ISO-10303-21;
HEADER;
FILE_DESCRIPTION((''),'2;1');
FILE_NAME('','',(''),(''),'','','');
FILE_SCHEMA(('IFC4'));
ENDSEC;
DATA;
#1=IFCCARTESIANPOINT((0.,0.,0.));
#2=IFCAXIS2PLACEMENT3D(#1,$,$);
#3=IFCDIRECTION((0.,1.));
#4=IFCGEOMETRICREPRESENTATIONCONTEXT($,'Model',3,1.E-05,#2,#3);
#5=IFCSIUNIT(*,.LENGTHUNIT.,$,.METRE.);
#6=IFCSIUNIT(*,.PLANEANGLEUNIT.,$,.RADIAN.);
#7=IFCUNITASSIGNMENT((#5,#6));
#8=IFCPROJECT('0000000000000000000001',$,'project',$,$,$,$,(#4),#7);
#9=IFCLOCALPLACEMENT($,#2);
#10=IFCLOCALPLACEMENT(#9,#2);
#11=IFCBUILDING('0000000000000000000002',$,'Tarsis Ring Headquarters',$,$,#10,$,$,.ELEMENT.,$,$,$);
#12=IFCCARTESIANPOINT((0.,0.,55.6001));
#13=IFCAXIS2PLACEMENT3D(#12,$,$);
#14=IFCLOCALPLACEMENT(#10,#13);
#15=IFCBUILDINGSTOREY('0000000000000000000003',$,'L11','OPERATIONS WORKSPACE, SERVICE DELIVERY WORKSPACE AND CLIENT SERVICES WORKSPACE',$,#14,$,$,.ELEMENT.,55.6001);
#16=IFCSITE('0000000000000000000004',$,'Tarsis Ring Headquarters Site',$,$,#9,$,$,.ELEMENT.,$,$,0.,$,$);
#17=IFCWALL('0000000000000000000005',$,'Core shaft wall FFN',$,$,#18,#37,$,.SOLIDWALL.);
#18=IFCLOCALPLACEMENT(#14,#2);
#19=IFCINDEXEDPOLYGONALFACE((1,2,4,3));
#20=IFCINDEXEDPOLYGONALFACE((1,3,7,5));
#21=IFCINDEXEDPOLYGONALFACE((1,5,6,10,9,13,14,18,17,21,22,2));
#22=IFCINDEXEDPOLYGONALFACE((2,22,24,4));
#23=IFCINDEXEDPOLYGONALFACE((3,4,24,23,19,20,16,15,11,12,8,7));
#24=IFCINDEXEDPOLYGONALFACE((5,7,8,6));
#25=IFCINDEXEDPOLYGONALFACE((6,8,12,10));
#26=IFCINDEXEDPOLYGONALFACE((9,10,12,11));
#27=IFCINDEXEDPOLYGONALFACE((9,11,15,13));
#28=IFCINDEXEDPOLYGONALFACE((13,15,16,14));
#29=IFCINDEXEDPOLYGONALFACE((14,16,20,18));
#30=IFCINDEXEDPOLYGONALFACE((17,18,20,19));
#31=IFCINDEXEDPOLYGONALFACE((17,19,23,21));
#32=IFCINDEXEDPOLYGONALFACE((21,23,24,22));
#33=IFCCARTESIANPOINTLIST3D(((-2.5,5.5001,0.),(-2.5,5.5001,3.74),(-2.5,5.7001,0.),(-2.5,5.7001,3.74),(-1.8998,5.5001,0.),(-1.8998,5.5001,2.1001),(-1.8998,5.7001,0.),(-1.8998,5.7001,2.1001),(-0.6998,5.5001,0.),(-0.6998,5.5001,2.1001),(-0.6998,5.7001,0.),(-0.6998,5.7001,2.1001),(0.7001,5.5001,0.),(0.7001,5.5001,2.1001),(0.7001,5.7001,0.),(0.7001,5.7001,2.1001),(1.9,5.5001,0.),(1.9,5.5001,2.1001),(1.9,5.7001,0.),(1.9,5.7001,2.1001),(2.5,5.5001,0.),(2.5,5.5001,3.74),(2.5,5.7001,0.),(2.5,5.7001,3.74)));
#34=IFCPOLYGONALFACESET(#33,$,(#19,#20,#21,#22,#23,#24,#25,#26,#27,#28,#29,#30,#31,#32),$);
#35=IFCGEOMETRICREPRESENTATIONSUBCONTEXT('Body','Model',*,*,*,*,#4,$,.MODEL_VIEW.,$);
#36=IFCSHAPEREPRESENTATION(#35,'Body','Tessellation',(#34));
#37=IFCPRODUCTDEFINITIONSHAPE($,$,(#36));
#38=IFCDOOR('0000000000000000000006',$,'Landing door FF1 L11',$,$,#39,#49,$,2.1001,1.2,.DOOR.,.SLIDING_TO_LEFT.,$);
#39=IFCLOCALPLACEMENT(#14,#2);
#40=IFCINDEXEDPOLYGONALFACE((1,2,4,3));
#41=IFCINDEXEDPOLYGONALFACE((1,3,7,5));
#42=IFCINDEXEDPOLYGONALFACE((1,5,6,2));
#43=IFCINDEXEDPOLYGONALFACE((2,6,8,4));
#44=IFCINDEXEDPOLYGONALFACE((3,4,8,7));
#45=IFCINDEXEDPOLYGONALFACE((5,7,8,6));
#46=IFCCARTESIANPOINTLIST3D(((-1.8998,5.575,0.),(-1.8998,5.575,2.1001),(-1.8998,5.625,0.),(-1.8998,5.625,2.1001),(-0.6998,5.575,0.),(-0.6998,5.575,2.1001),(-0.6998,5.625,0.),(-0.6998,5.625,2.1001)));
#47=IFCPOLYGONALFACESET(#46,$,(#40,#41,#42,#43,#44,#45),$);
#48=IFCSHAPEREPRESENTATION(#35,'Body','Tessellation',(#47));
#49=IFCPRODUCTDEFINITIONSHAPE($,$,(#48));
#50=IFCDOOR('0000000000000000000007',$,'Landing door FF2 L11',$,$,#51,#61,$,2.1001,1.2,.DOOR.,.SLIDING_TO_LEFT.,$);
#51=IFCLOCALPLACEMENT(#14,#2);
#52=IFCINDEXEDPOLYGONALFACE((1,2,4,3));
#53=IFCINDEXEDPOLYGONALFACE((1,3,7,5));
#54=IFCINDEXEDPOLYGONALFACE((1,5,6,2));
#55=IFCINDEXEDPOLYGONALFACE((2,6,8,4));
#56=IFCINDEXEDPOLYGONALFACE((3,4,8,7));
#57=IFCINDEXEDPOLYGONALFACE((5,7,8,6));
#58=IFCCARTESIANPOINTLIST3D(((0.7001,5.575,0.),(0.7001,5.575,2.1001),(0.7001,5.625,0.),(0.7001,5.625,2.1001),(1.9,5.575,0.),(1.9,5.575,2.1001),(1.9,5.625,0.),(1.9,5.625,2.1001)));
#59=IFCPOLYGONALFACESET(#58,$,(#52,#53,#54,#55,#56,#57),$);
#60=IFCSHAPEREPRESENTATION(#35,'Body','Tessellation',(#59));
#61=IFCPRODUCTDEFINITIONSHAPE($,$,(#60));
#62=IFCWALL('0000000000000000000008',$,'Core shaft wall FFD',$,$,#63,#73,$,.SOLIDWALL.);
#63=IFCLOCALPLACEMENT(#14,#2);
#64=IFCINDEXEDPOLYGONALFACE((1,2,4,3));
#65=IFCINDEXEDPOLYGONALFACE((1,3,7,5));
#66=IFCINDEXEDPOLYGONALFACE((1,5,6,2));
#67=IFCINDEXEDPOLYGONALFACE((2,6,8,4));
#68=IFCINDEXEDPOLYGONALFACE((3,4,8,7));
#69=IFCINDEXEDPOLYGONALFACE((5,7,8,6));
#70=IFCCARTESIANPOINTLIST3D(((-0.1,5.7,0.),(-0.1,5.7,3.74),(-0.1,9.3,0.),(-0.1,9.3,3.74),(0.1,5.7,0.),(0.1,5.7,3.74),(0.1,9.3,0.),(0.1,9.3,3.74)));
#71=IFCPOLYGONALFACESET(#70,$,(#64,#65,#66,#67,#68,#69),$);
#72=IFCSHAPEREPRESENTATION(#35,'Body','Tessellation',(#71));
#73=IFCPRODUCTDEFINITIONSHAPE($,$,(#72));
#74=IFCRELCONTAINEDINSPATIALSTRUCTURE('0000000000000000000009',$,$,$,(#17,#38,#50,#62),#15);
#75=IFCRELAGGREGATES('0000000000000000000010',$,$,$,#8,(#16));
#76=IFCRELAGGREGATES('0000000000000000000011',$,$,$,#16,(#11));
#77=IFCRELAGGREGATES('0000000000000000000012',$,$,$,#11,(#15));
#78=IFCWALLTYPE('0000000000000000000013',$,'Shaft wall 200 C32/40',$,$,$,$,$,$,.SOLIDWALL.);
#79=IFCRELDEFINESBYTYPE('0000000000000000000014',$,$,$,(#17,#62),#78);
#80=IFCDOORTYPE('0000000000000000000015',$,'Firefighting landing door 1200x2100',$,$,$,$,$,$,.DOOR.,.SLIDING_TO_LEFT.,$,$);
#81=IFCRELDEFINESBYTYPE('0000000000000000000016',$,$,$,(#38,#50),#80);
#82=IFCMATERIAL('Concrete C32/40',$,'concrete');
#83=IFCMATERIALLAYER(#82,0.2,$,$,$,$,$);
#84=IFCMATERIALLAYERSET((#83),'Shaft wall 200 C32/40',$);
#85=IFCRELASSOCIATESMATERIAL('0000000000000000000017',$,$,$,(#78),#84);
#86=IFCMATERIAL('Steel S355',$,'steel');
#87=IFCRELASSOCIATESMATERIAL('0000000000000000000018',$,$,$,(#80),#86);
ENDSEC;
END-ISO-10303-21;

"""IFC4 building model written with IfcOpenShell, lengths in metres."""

from ifc_helpers import new_model, si_unit, direction, frame, frame_2d, origin, place, context, subcontext, project, spatial, rectangle, extrude, material, layer, layer_set, type_object, element, fill, save


model = new_model("IFC4")

# Units and contexts
model_context = context("Model", 3, precision=1e-05, world=origin(), true_north=direction((0.0, 1.0)))
body_context = subcontext(model_context, "Body", "Model", "MODEL_VIEW")
ifc_project = project(units=[si_unit("LENGTHUNIT", "METRE"), si_unit("PLANEANGLEUNIT", "RADIAN")], contexts=[model_context])

# Site, building, storey
site_placement = place(None, origin())
site = spatial("IfcSite", under=ifc_project, at=site_placement, Name="Tarsis Ring Headquarters Site", CompositionType="ELEMENT", RefElevation=0.0)
building_placement = place(site_placement, origin())
building = spatial("IfcBuilding", under=site, at=building_placement, Name="Tarsis Ring Headquarters", CompositionType="ELEMENT")
storey_placement = place(building_placement, frame((0.0, 0.0, 55.6001)))
storey = spatial("IfcBuildingStorey", under=building, at=storey_placement, Name="L11", Description="OPERATIONS WORKSPACE, SERVICE DELIVERY WORKSPACE AND CLIENT SERVICES WORKSPACE", CompositionType="ELEMENT", Elevation=55.6001)

# Shared definitions
ifc_material_1 = material(Name="Concrete C32/40", Category="concrete")
ifc_layer_1 = layer(ifc_material_1, 0.2)
ifc_layer_set_1 = layer_set([ifc_layer_1], Name="Shaft wall 200 C32/40")
wall_type_1 = type_object("IfcWallType", Name="Shaft wall 200 C32/40", PredefinedType="SOLIDWALL", material=ifc_layer_set_1)
ifc_material_2 = material(Name="Steel S355", Category="steel")

# Wall, openings, doors
wall_1_placement = place(storey_placement, frame((-2.5, 5.6001, 0.0), z_axis=(0.0, 0.0, 1.0), x_axis=(1.0, 0.0, 0.0)))
wall_1 = element("IfcWall", 1, at=wall_1_placement, inside=storey, type_object=wall_type_1, Name="Core shaft wall FFN", PredefinedType="SOLIDWALL", context=body_context, shape_type="SweptSolid", body=[
    extrude(rectangle(XDim=5.0, YDim=0.2, at=frame_2d((2.5, 0.0))), origin(), (0.0, 0.0, 1.0), 3.74),
])
opening_1_placement = place(wall_1_placement, frame((0.6001, 0.0, 0.0)))
opening_1 = element("IfcOpeningElement", 2, at=opening_1_placement, cuts=wall_1, PredefinedType="OPENING", context=body_context, shape_type="SweptSolid", body=[
    extrude(rectangle(XDim=1.2, YDim=2.1001, at=frame_2d((0.6001, 1.05))), frame((0.0, 0.1099, 0.0), z_axis=(0.0, -1.0, 0.0), x_axis=(1.0, 0.0, 0.0)), (0.0, 0.0, 1.0), 0.22),
])
opening_2_placement = place(wall_1_placement, frame((3.2, 0.0, 0.0)))
opening_2 = element("IfcOpeningElement", 3, at=opening_2_placement, cuts=wall_1, PredefinedType="OPENING", context=body_context, shape_type="SweptSolid", body=[
    extrude(rectangle(XDim=1.2, YDim=2.1001, at=frame_2d((0.6001, 1.05))), frame((0.0, 0.1099, 0.0), z_axis=(0.0, -1.0, 0.0), x_axis=(1.0, 0.0, 0.0)), (0.0, 0.0, 1.0), 0.22),
])
door_type_1 = type_object("IfcDoorType", Name="Firefighting landing door 1200x2100", OperationType="SLIDING_TO_LEFT", PredefinedType="DOOR", material=ifc_material_2)
door_1_placement = place(opening_1_placement, origin())
door_1 = element("IfcDoor", 4, at=door_1_placement, inside=storey, type_object=door_type_1, Name="Landing door FF1 L11", OperationType="SLIDING_TO_LEFT", OverallHeight=2.1001, OverallWidth=1.2, PredefinedType="DOOR", context=body_context, shape_type="SweptSolid", body=[
    extrude(rectangle(XDim=1.2, YDim=2.1001, at=frame_2d((0.6001, 1.05))), frame((0.0, 0.0249, 0.0), z_axis=(0.0, -1.0, 0.0), x_axis=(1.0, 0.0, 0.0)), (0.0, 0.0, 1.0), 0.05),
])
fill(opening_1, door_1)
door_2_placement = place(opening_2_placement, origin())
door_2 = element("IfcDoor", 5, at=door_2_placement, inside=storey, type_object=door_type_1, Name="Landing door FF2 L11", OperationType="SLIDING_TO_LEFT", OverallHeight=2.1001, OverallWidth=1.2, PredefinedType="DOOR", context=body_context, shape_type="SweptSolid", body=[
    extrude(rectangle(XDim=1.2, YDim=2.1001, at=frame_2d((0.6001, 1.05))), frame((0.0, 0.0249, 0.0), z_axis=(0.0, -1.0, 0.0), x_axis=(1.0, 0.0, 0.0)), (0.0, 0.0, 1.0), 0.05),
])
fill(opening_2, door_2)

# Wall
wall_2_placement = place(storey_placement, frame((0.0, 5.7, 0.0), z_axis=(0.0, 0.0, 1.0), x_axis=(0.0, 1.0, 0.0)))
element("IfcWall", 6, at=wall_2_placement, inside=storey, type_object=wall_type_1, Name="Core shaft wall FFD", PredefinedType="SOLIDWALL", context=body_context, shape_type="SweptSolid", body=[
    extrude(rectangle(XDim=3.6001, YDim=0.2, at=frame_2d((1.8, 0.0))), origin(), (0.0, 0.0, 1.0), 3.74),
])

save(model, "model.ifc")
